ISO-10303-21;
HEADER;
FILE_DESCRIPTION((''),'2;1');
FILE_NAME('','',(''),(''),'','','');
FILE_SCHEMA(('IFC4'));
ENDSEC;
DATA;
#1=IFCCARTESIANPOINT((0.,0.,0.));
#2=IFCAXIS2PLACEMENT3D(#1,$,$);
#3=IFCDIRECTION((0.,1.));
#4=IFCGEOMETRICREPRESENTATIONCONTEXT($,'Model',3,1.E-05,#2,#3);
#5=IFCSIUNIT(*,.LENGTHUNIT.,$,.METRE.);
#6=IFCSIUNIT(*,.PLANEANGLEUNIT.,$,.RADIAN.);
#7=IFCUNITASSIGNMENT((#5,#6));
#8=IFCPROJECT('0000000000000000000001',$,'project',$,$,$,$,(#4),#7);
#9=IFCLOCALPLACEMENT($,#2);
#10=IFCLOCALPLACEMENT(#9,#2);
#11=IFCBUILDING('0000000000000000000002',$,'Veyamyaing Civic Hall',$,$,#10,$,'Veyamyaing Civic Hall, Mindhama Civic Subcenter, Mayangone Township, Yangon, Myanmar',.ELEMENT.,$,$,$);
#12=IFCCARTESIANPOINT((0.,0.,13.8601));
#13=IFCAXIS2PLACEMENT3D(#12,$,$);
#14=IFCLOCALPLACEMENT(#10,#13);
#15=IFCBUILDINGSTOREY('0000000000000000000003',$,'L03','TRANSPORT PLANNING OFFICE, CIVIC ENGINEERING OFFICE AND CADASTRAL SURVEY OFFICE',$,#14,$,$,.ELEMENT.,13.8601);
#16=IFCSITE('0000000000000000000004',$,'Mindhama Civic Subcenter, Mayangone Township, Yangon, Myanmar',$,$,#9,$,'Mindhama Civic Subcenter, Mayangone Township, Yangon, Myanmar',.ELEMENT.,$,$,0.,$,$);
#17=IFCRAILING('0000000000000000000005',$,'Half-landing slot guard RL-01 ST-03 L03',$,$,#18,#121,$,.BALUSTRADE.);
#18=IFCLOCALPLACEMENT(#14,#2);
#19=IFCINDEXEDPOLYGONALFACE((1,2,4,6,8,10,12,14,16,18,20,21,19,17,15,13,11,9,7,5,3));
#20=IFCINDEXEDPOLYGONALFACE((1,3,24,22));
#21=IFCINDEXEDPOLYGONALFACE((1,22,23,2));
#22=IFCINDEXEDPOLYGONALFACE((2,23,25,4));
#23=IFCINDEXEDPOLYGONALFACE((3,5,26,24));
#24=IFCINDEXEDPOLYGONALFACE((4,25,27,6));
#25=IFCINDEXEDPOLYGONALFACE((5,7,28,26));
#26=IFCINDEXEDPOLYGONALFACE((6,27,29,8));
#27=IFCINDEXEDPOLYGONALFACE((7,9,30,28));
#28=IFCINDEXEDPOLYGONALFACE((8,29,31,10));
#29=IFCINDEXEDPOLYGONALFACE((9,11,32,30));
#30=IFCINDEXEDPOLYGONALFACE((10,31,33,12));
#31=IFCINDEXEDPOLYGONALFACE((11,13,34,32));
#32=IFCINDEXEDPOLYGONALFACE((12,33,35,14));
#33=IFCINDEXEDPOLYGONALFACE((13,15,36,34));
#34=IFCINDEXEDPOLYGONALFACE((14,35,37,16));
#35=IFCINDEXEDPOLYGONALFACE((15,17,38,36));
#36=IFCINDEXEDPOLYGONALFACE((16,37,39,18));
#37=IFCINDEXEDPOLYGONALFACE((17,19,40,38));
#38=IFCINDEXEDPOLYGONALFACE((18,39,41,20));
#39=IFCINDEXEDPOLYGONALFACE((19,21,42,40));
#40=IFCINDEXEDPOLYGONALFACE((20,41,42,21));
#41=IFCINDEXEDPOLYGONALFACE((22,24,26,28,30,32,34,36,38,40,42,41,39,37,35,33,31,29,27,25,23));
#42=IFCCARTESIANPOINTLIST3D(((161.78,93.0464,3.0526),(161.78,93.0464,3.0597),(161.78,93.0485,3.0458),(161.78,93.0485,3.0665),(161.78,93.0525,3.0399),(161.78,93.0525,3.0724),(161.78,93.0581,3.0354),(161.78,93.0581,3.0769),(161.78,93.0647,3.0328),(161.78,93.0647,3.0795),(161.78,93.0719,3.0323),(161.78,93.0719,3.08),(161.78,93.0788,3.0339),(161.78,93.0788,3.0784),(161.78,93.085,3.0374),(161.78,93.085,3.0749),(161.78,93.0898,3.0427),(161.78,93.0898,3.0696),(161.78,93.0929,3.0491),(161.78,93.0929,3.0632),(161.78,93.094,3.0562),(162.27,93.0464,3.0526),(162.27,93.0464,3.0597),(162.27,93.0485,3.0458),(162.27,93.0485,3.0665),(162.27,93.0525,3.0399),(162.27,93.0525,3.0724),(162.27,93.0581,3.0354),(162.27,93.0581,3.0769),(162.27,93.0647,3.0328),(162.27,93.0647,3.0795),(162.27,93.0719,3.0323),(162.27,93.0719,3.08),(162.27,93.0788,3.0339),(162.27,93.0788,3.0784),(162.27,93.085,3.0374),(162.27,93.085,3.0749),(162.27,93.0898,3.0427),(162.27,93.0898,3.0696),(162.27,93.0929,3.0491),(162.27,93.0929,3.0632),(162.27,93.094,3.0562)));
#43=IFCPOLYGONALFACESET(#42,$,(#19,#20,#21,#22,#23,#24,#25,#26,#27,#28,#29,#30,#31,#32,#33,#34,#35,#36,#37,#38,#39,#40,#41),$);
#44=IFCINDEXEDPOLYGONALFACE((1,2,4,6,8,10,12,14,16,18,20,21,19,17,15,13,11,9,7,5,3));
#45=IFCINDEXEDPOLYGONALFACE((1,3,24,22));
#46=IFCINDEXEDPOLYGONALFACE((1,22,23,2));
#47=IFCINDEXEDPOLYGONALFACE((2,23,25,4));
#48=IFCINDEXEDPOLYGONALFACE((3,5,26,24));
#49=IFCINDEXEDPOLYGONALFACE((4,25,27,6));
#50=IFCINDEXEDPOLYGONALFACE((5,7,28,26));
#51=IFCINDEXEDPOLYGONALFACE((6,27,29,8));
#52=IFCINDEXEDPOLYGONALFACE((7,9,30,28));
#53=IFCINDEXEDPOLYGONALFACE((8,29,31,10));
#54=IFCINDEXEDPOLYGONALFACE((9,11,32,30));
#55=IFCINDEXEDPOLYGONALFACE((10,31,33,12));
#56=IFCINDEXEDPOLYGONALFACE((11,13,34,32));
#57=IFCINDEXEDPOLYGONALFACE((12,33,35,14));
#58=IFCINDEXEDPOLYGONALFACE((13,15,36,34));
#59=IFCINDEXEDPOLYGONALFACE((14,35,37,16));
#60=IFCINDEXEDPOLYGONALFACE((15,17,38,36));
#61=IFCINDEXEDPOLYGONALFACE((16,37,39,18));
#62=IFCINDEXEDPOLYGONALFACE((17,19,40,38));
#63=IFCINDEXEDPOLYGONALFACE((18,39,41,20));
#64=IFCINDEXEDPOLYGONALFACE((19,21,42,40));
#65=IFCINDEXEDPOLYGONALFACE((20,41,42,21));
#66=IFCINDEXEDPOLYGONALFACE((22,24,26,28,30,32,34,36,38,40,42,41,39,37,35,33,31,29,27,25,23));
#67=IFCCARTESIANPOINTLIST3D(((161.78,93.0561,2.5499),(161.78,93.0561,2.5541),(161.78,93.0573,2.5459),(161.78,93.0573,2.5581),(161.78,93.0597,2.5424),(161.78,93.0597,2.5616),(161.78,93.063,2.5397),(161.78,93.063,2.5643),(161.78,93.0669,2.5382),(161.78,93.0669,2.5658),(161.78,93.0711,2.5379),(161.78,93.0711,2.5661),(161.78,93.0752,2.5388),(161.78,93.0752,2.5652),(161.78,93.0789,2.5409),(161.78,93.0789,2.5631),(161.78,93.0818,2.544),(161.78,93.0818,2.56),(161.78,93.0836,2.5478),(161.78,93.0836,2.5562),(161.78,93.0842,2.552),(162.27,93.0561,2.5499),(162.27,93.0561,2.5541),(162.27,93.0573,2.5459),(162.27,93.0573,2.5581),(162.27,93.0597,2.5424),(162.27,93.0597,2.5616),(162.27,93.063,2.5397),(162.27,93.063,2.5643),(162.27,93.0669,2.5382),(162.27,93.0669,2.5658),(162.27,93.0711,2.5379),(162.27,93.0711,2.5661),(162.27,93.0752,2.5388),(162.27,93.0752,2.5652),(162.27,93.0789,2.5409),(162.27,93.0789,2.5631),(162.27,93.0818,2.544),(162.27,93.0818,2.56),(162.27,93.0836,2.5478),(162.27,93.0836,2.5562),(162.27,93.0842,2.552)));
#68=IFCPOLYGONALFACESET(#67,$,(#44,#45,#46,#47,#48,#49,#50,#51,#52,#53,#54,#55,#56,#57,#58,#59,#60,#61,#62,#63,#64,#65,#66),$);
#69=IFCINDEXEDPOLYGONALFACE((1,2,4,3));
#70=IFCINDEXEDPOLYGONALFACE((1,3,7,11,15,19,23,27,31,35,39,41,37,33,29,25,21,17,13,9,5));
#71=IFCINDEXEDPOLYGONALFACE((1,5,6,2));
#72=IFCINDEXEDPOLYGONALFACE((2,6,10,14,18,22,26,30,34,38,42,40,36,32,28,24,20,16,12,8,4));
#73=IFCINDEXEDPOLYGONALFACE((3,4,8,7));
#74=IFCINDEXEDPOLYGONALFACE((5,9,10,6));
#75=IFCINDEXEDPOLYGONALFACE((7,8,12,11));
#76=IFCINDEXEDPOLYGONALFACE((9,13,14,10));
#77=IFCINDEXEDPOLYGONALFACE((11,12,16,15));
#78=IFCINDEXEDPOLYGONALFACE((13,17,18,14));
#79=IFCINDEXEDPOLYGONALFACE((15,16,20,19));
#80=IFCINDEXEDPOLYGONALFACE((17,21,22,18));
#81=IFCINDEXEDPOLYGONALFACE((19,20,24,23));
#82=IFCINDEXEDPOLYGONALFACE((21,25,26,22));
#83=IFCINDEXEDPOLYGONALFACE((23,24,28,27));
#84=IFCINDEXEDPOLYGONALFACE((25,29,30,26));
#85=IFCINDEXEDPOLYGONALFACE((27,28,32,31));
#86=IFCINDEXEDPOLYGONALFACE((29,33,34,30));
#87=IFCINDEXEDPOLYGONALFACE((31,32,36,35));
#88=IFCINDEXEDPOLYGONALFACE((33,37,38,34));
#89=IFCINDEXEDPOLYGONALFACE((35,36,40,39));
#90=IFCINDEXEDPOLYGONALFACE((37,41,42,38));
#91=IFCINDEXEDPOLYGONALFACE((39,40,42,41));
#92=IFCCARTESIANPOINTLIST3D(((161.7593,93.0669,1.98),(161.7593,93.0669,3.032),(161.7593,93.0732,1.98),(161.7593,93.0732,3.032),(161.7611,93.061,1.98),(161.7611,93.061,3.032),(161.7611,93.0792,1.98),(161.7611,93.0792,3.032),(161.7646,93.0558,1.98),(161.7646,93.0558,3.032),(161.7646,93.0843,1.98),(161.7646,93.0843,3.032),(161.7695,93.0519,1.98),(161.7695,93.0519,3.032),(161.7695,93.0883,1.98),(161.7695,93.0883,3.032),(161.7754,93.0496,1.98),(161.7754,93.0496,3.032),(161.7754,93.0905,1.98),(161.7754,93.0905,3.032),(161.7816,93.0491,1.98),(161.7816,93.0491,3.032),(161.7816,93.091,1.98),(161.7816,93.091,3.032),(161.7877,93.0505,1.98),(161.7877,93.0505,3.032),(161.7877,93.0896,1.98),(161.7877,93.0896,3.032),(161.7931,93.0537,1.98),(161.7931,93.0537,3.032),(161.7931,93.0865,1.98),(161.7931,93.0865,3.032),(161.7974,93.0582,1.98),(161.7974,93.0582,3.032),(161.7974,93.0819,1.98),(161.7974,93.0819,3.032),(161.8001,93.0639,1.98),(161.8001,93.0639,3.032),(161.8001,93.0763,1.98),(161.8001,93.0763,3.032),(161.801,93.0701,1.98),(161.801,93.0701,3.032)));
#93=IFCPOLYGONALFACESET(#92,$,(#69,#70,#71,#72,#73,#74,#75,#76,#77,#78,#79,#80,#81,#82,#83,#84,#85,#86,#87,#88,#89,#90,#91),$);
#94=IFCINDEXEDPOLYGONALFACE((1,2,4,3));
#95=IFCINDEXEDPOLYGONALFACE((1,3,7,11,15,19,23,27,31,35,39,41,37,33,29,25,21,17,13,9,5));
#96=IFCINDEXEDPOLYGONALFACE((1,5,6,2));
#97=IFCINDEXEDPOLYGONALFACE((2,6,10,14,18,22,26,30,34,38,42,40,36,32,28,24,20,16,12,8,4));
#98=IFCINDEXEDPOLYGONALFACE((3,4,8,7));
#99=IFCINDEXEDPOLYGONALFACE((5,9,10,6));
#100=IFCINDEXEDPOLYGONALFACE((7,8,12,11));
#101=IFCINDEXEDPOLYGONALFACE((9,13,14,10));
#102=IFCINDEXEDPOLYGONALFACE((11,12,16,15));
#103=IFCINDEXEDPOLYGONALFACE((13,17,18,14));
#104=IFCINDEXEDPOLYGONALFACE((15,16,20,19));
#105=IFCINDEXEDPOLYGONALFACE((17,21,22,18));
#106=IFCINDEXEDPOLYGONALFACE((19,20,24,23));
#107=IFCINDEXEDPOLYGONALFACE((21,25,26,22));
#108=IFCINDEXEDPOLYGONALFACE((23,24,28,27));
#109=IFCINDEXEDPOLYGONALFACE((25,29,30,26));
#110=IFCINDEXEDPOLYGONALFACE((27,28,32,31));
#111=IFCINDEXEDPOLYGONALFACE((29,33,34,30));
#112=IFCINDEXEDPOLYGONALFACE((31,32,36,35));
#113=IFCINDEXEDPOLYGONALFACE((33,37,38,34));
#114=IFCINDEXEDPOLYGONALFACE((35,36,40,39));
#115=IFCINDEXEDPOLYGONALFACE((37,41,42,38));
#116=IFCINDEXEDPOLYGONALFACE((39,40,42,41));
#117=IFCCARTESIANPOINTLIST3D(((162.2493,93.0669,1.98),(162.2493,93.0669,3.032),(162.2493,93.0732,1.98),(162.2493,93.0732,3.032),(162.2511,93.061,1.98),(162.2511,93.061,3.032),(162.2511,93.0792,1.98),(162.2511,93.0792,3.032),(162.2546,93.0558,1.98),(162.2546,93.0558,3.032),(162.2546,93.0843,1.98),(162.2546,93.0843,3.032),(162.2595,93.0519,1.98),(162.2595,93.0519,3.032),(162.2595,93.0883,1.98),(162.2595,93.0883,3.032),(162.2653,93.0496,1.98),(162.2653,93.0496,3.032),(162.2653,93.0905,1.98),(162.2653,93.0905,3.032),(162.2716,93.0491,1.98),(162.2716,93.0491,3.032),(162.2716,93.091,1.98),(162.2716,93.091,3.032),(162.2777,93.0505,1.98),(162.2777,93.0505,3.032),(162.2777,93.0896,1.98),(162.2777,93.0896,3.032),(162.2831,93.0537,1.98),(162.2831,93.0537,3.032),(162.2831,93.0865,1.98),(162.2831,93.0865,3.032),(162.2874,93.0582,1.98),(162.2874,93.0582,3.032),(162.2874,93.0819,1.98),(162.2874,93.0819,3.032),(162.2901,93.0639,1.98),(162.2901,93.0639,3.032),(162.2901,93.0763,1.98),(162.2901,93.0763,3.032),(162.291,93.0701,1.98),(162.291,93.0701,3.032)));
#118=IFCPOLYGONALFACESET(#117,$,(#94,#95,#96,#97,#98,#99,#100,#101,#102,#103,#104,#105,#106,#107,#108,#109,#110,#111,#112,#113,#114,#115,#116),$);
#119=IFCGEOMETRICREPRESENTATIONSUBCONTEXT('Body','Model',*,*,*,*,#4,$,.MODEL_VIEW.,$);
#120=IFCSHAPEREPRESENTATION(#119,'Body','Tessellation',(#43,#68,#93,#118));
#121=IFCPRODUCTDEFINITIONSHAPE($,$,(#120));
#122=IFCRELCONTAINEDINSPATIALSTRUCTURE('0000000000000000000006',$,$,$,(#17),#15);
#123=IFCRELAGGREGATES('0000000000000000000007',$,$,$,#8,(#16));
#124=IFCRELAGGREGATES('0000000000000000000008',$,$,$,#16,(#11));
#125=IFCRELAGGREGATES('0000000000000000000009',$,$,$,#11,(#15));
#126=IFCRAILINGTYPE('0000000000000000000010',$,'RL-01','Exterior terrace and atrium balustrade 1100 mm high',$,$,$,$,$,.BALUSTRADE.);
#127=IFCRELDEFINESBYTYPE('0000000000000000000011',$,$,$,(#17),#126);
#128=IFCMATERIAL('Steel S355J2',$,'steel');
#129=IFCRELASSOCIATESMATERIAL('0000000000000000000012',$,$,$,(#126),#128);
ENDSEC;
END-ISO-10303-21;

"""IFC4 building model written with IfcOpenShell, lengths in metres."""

from ifc_helpers import new_model, si_unit, direction, frame, origin, origin_2d, place, context, subcontext, project, spatial, circle, extrude, material, type_object, element, save


model = new_model("IFC4")

# Units and contexts
model_context = context("Model", 3, precision=1e-05, world=origin(), true_north=direction((0.0, 1.0)))
body_context = subcontext(model_context, "Body", "Model", "MODEL_VIEW")
ifc_project = project(units=[si_unit("LENGTHUNIT", "METRE"), si_unit("PLANEANGLEUNIT", "RADIAN")], contexts=[model_context])

# Site, building, storey
site_placement = place(None, origin())
site = spatial("IfcSite", under=ifc_project, at=site_placement, Name="Mindhama Civic Subcenter, Mayangone Township, Yangon, Myanmar", LongName="Mindhama Civic Subcenter, Mayangone Township, Yangon, Myanmar", CompositionType="ELEMENT", RefElevation=0.0)
building_placement = place(site_placement, origin())
building = spatial("IfcBuilding", under=site, at=building_placement, Name="Veyamyaing Civic Hall", LongName="Veyamyaing Civic Hall, Mindhama Civic Subcenter, Mayangone Township, Yangon, Myanmar", CompositionType="ELEMENT")
storey_placement = place(building_placement, frame((0.0, 0.0, 13.8601)))
storey = spatial("IfcBuildingStorey", under=building, at=storey_placement, Name="L03", Description="TRANSPORT PLANNING OFFICE, CIVIC ENGINEERING OFFICE AND CADASTRAL SURVEY OFFICE", CompositionType="ELEMENT", Elevation=13.8601)

# Railing
ifc_material_1 = material(Name="Steel S355J2", Category="steel")
railing_type = type_object("IfcRailingType", Name="RL-01", Description="Exterior terrace and atrium balustrade 1100 mm high", PredefinedType="BALUSTRADE", material=ifc_material_1)
railing_1_placement = place(storey_placement, frame((161.78, 93.0701, 1.98)))
element("IfcRailing", 1, at=railing_1_placement, inside=storey, type_object=railing_type, Name="Half-landing slot guard RL-01 ST-03 L03", PredefinedType="BALUSTRADE", context=body_context, shape_type="SweptSolid", body=[
    extrude(circle(Radius=0.0239, at=origin_2d()), frame((0.0, 0.0, 1.0762), z_axis=(1.0, 0.0, 0.0), x_axis=(0.0, 1.0, 0.0)), (0.0, 0.0, 1.0), 0.49),
    extrude(circle(Radius=0.0142, at=origin_2d()), frame((0.0, 0.0, 0.572), z_axis=(1.0, 0.0, 0.0), x_axis=(0.0, 1.0, 0.0)), (0.0, 0.0, 1.0), 0.49),
    extrude(circle(Radius=0.021, at=origin_2d()), origin(), (0.0, 0.0, 1.0), 1.052),
    extrude(circle(Radius=0.021, at=origin_2d()), frame((0.49, 0.0, 0.0)), (0.0, 0.0, 1.0), 1.052),
])

save(model, "model.ifc")
